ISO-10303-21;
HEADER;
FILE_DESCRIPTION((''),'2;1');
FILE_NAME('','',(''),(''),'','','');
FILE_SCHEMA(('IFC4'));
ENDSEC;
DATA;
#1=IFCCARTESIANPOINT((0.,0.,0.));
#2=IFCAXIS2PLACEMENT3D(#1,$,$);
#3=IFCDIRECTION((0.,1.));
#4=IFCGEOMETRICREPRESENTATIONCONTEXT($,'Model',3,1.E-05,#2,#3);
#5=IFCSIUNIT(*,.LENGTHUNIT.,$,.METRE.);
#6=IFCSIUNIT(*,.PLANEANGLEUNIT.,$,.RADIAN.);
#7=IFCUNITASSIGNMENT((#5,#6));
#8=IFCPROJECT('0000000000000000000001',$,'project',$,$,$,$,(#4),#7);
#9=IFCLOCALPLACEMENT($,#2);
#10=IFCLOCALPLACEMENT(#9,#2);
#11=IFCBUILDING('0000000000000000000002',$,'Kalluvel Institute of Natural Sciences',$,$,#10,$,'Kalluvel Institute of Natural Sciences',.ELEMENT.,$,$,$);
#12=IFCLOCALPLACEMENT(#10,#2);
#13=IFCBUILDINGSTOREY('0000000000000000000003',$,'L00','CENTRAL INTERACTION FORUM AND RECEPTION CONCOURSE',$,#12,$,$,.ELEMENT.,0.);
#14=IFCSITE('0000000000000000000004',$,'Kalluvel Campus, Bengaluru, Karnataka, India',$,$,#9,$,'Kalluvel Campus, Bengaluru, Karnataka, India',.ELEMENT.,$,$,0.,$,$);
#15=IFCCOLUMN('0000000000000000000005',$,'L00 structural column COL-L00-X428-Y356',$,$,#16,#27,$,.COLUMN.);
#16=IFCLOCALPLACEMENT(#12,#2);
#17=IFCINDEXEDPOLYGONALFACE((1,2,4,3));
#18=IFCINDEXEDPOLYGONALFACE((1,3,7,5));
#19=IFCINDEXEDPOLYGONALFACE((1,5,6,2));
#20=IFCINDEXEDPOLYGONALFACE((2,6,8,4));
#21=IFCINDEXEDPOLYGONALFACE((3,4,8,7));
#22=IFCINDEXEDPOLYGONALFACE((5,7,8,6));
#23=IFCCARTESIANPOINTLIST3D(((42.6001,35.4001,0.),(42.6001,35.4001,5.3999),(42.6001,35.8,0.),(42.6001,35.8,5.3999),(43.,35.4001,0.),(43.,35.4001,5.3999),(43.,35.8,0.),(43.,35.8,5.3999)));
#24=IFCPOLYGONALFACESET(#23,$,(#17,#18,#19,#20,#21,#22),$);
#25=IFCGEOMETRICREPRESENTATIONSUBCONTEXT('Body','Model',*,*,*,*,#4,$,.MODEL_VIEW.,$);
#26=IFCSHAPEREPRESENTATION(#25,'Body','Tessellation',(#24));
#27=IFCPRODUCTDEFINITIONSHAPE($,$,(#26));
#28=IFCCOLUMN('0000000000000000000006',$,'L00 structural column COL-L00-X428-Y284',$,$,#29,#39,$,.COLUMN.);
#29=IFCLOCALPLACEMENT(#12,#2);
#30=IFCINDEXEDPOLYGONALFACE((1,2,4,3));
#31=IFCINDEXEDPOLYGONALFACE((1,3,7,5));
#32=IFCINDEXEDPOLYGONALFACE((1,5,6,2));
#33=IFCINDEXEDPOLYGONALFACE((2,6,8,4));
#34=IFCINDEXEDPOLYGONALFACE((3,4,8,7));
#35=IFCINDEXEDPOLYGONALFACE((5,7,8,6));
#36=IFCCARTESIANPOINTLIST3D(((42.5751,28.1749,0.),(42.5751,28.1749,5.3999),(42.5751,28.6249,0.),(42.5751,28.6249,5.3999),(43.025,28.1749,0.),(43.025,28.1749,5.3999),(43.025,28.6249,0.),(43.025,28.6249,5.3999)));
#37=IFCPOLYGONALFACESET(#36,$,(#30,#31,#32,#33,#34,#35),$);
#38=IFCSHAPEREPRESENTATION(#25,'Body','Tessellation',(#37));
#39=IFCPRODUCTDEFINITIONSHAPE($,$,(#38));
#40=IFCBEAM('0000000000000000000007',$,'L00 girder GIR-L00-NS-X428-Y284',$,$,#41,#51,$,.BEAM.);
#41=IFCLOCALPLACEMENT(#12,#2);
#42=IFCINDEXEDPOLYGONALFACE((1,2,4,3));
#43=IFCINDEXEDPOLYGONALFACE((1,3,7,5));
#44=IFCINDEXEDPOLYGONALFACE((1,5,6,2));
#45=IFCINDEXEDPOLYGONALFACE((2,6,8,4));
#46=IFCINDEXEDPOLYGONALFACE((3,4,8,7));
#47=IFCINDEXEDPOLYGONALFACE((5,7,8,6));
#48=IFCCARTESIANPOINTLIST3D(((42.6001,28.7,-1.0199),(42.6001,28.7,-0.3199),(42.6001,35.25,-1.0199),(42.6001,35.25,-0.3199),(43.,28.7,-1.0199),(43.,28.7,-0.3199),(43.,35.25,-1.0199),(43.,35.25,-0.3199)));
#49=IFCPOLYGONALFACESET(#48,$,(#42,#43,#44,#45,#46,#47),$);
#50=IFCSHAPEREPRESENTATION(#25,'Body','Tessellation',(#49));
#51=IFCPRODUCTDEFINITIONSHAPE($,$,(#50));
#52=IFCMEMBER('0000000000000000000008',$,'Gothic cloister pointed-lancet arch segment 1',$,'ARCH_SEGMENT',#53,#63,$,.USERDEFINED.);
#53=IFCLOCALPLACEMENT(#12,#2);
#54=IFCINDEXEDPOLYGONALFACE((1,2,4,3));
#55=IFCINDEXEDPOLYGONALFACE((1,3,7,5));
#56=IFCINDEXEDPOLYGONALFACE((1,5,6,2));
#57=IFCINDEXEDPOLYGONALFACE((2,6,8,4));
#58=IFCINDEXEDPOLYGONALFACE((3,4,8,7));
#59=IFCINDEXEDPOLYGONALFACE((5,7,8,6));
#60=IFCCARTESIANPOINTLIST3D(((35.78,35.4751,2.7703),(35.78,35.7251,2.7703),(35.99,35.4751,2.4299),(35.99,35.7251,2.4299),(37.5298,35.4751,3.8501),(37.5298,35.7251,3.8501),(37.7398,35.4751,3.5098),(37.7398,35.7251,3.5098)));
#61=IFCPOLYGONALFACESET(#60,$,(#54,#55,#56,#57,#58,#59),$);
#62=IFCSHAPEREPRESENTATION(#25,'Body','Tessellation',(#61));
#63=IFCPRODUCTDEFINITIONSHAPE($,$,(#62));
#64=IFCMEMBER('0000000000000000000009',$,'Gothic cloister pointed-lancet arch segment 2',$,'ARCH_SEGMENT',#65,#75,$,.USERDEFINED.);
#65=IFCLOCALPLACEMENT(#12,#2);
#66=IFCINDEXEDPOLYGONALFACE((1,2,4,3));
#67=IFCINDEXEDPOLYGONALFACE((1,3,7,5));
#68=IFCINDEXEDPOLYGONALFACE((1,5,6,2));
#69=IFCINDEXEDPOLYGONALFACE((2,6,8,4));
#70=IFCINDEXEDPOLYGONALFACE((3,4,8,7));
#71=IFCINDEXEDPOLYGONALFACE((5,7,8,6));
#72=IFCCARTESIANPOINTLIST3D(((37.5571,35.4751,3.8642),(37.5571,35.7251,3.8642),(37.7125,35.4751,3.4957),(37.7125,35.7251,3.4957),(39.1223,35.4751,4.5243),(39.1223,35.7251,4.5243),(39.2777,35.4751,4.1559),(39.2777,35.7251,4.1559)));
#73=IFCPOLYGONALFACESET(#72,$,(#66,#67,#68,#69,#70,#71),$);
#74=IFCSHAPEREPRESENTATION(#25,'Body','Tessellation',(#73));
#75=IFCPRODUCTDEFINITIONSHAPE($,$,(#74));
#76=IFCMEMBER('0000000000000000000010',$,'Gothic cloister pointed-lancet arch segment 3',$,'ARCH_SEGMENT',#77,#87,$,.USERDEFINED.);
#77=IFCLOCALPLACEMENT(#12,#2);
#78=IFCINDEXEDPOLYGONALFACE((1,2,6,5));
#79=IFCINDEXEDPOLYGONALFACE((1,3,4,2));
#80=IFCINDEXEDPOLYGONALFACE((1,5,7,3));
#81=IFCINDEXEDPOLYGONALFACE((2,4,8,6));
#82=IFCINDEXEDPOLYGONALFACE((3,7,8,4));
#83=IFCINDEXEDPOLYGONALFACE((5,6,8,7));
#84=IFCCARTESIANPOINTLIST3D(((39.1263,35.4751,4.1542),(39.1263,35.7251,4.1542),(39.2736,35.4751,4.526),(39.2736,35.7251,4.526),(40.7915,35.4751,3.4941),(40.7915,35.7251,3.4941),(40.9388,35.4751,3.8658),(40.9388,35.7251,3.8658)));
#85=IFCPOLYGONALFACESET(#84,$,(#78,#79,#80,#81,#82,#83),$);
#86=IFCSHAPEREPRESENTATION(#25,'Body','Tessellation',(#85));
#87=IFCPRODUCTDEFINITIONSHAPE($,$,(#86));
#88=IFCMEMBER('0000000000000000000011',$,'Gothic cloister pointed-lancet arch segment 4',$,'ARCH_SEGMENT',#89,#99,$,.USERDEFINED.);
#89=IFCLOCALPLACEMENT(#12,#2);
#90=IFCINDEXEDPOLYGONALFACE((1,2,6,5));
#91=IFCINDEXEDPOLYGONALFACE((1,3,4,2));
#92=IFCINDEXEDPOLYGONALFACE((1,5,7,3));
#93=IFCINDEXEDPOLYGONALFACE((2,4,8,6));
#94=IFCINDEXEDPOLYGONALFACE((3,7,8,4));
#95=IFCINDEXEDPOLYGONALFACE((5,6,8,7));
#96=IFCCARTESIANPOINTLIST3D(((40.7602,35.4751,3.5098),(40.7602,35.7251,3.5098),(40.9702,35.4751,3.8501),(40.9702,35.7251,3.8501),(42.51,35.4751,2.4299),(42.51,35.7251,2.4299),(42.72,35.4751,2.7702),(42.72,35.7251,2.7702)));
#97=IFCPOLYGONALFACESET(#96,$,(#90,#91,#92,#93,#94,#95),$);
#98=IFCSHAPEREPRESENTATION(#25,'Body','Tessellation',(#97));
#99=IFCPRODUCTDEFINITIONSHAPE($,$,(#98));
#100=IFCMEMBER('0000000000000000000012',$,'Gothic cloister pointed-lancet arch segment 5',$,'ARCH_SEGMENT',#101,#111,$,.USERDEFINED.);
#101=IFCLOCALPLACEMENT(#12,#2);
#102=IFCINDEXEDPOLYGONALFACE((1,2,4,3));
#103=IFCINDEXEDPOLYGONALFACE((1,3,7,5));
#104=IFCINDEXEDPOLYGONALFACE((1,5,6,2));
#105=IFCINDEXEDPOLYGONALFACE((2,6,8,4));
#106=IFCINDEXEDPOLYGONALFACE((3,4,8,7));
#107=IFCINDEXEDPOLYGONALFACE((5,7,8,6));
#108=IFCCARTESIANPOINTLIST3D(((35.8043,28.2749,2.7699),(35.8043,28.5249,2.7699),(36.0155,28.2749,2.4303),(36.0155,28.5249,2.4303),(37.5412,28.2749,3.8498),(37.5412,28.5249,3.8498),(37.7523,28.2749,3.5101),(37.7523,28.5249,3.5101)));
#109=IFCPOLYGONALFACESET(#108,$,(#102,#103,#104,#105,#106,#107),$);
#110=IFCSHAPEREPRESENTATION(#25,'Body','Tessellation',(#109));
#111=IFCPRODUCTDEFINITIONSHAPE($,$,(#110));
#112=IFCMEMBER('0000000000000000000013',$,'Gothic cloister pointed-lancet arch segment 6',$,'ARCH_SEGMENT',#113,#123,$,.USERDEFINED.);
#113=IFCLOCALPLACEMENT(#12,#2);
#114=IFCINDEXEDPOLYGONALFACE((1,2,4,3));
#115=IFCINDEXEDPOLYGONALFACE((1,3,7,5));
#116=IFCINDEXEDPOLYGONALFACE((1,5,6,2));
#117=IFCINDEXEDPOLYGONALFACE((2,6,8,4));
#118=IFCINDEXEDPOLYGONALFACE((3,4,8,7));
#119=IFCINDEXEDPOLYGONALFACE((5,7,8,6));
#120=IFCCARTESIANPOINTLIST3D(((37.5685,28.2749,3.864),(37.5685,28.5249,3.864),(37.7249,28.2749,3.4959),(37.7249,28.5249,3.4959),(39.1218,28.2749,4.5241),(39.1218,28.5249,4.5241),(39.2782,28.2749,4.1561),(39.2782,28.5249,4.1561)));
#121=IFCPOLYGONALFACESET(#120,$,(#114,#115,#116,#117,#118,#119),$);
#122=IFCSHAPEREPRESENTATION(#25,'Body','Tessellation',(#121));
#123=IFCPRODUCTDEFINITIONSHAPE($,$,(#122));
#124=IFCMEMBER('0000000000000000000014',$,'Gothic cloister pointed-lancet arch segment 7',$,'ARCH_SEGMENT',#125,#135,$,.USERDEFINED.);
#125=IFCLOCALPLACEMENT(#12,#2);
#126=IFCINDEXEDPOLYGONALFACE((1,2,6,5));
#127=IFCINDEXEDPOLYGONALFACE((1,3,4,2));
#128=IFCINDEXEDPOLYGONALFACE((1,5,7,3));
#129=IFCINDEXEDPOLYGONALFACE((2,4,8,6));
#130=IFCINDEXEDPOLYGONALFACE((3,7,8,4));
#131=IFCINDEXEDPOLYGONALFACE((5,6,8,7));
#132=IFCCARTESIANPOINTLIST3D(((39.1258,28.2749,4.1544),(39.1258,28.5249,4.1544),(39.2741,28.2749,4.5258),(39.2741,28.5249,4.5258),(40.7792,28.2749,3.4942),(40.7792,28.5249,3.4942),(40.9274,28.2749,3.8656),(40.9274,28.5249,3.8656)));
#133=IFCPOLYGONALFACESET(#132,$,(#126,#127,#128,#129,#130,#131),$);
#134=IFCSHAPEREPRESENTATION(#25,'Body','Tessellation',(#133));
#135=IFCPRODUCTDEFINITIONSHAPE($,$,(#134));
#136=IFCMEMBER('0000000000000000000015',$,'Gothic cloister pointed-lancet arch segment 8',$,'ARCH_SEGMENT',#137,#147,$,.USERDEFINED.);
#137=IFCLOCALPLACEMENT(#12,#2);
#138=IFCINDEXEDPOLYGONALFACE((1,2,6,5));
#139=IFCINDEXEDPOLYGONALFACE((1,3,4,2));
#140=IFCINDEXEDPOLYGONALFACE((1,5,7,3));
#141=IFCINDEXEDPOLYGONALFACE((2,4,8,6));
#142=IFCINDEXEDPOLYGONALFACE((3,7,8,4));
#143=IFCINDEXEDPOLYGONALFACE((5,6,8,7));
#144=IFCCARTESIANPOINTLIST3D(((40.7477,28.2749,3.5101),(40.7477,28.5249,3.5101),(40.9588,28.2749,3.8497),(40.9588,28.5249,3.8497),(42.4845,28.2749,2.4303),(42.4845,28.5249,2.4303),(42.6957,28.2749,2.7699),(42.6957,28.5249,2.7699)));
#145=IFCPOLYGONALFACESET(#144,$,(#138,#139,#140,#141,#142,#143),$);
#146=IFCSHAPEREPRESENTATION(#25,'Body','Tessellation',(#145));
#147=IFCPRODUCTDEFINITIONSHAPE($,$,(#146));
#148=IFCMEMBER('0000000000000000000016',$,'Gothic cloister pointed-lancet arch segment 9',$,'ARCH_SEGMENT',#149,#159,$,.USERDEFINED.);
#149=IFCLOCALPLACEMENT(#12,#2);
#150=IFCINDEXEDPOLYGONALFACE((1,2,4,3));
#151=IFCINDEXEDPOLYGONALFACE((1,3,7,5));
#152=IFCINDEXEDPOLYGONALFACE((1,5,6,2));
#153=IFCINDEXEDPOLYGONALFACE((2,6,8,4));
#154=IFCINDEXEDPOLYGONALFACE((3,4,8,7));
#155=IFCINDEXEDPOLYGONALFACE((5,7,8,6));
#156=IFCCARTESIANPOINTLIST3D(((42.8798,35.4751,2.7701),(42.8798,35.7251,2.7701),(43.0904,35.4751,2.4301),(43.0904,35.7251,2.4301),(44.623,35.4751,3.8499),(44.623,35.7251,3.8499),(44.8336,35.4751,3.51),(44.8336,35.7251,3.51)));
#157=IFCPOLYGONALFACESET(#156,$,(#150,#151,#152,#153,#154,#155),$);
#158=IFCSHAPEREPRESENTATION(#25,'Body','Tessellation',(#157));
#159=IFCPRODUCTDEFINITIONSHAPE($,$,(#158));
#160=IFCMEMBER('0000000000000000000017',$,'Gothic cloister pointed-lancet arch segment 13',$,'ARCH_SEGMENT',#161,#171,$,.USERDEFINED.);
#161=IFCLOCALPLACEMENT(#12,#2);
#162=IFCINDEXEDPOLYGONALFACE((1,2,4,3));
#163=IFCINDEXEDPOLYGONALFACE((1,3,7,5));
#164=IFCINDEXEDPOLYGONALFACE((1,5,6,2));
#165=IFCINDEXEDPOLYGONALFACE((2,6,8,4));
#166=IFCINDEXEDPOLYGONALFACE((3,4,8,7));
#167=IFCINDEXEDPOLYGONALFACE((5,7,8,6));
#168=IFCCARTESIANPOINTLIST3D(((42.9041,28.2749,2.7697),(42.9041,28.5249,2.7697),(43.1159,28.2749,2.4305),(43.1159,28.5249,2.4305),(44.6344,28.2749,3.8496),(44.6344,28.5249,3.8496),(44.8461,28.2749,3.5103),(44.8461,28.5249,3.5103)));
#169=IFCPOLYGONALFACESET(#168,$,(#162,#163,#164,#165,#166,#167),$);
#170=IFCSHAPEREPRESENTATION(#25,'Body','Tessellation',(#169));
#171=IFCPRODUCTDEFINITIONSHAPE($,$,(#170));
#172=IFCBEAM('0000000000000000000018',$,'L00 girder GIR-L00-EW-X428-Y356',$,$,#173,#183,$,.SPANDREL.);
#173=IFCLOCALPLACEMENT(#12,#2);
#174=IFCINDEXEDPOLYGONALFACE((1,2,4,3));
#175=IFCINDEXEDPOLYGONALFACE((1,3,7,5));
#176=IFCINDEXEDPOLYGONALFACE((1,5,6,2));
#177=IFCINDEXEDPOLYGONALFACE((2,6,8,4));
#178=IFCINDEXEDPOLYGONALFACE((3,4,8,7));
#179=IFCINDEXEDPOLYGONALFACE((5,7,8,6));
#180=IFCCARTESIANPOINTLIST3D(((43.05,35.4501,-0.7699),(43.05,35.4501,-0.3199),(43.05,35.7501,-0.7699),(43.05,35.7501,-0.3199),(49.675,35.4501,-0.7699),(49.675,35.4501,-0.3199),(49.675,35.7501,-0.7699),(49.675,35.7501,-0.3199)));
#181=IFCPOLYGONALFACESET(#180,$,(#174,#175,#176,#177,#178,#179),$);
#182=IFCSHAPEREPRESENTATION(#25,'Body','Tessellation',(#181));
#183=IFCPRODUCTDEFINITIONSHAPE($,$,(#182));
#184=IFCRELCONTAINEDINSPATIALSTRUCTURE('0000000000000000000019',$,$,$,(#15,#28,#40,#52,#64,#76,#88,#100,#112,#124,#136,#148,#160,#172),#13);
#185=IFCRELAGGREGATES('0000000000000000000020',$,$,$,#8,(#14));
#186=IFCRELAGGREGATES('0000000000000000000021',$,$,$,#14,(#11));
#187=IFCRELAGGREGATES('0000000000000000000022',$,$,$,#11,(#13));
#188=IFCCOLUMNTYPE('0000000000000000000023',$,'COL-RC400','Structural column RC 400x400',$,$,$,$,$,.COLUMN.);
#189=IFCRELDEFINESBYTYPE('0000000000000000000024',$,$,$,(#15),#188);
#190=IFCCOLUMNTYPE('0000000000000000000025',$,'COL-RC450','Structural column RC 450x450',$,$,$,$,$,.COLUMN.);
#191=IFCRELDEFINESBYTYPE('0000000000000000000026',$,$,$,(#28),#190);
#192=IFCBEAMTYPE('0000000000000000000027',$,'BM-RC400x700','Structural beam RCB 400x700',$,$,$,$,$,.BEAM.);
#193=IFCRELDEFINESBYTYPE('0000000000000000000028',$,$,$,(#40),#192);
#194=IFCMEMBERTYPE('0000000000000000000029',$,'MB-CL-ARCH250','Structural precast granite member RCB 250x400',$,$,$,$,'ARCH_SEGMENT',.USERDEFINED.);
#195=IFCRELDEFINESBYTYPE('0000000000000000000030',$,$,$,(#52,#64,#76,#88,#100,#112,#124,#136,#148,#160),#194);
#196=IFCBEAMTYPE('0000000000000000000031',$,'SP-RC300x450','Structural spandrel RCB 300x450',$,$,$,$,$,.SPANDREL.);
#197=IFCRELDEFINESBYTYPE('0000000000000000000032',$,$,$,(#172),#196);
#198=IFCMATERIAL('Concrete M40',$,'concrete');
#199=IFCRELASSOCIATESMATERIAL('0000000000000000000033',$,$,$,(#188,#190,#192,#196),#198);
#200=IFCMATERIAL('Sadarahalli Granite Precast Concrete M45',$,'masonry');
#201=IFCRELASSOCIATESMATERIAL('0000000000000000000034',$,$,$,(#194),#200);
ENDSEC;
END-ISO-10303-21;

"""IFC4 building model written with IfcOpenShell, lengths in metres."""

from ifc_helpers import new_model, si_unit, direction, frame, origin, origin_2d, place, context, subcontext, project, spatial, rectangle, extrude, material, material_profile, profile_set, type_object, element, save


model = new_model("IFC4")

# Units and contexts
model_context = context("Model", 3, precision=1e-05, world=origin(), true_north=direction((0.0, 1.0)))
body_context = subcontext(model_context, "Body", "Model", "MODEL_VIEW")
ifc_project = project(units=[si_unit("LENGTHUNIT", "METRE"), si_unit("PLANEANGLEUNIT", "RADIAN")], contexts=[model_context])

# Site, building, storey
site_placement = place(None, origin())
site = spatial("IfcSite", under=ifc_project, at=site_placement, Name="Kalluvel Campus, Bengaluru, Karnataka, India", LongName="Kalluvel Campus, Bengaluru, Karnataka, India", CompositionType="ELEMENT", RefElevation=0.0)
building_placement = place(site_placement, origin())
building = spatial("IfcBuilding", under=site, at=building_placement, Name="Kalluvel Institute of Natural Sciences", LongName="Kalluvel Institute of Natural Sciences", CompositionType="ELEMENT")
storey_placement = place(building_placement, origin())
storey = spatial("IfcBuildingStorey", under=building, at=storey_placement, Name="L00", Description="CENTRAL INTERACTION FORUM AND RECEPTION CONCOURSE", CompositionType="ELEMENT", Elevation=0.0)

# Columns
ifc_material_1 = material(Name="Concrete M40", Category="concrete")
ifc_material_profile_1 = material_profile(ifc_material_1, rectangle(XDim=0.3999, YDim=0.3999, at=origin_2d()), Name="RC 400x400")
ifc_profile_set_1 = profile_set([ifc_material_profile_1], Name="Concrete M40")
column_type_1 = type_object("IfcColumnType", Name="COL-RC400", Description="Structural column RC 400x400", PredefinedType="COLUMN", material=ifc_profile_set_1)
column_1_placement = place(storey_placement, frame((42.8, 35.6001, 0.0), z_axis=(0.0, 0.0, 1.0), x_axis=(1.0, 0.0, 0.0)))
element("IfcColumn", 1, at=column_1_placement, inside=storey, type_object=column_type_1, Name="L00 structural column COL-L00-X428-Y356", PredefinedType="COLUMN", context=body_context, shape_type="SweptSolid", body=[
    extrude(rectangle(XDim=0.3999, YDim=0.3999, at=origin_2d()), origin(), (0.0, 0.0, 1.0), 5.3999),
])
ifc_material_profile_2 = material_profile(ifc_material_1, rectangle(XDim=0.45, YDim=0.45, at=origin_2d()), Name="RC 450x450")
ifc_profile_set_2 = profile_set([ifc_material_profile_2], Name="Concrete M40")
column_type_2 = type_object("IfcColumnType", Name="COL-RC450", Description="Structural column RC 450x450", PredefinedType="COLUMN", material=ifc_profile_set_2)
column_2_placement = place(storey_placement, frame((42.8, 28.3999, 0.0), z_axis=(0.0, 0.0, 1.0), x_axis=(1.0, 0.0, 0.0)))
element("IfcColumn", 2, at=column_2_placement, inside=storey, type_object=column_type_2, Name="L00 structural column COL-L00-X428-Y284", PredefinedType="COLUMN", context=body_context, shape_type="SweptSolid", body=[
    extrude(rectangle(XDim=0.45, YDim=0.45, at=origin_2d()), origin(), (0.0, 0.0, 1.0), 5.3999),
])

# Beam
ifc_material_profile_3 = material_profile(ifc_material_1, rectangle(XDim=0.3999, YDim=0.7, at=origin_2d()), Name="RCB 400x700")
ifc_profile_set_3 = profile_set([ifc_material_profile_3], Name="Concrete M40")
beam_type_1 = type_object("IfcBeamType", Name="BM-RC400x700", Description="Structural beam RCB 400x700", PredefinedType="BEAM", material=ifc_profile_set_3)
beam_1_placement = place(storey_placement, frame((42.8, 28.7, -0.6699), z_axis=(0.0, 1.0, 0.0), x_axis=(-1.0, 0.0, 0.0)))
element("IfcBeam", 3, at=beam_1_placement, inside=storey, type_object=beam_type_1, Name="L00 girder GIR-L00-NS-X428-Y284", PredefinedType="BEAM", context=body_context, shape_type="SweptSolid", body=[
    extrude(rectangle(XDim=0.3999, YDim=0.7, at=origin_2d()), origin(), (0.0, 0.0, 1.0), 6.55),
])

# Members
ifc_material_2 = material(Name="Sadarahalli Granite Precast Concrete M45", Category="masonry")
ifc_material_profile_4 = material_profile(ifc_material_2, rectangle(XDim=0.25, YDim=0.3999, at=origin_2d()), Name="RCB 250x400")
ifc_profile_set_4 = profile_set([ifc_material_profile_4], Name="Sadarahalli Granite Precast Concrete M45")
member_type = type_object("IfcMemberType", Name="MB-CL-ARCH250", Description="Structural precast granite member RCB 250x400", ElementType="ARCH_SEGMENT", PredefinedType="USERDEFINED", material=ifc_profile_set_4)
member_1_placement = place(storey_placement, frame((35.885, 35.6001, 2.6001), z_axis=(0.850993, 0.0, 0.525177), x_axis=(0.0, 1.0, 0.0)))
element("IfcMember", 4, at=member_1_placement, inside=storey, type_object=member_type, Name="Gothic cloister pointed-lancet arch segment 1", ObjectType="ARCH_SEGMENT", PredefinedType="USERDEFINED", context=body_context, shape_type="SweptSolid", body=[
    extrude(rectangle(XDim=0.25, YDim=0.3999, at=origin_2d()), origin(), (0.0, 0.0, 1.0), 2.0562),
])
member_2_placement = place(storey_placement, frame((37.6348, 35.6001, 3.6799), z_axis=(0.921397, 0.0, 0.388622), x_axis=(0.0, 1.0, 0.0)))
element("IfcMember", 5, at=member_2_placement, inside=storey, type_object=member_type, Name="Gothic cloister pointed-lancet arch segment 2", ObjectType="ARCH_SEGMENT", PredefinedType="USERDEFINED", context=body_context, shape_type="SweptSolid", body=[
    extrude(rectangle(XDim=0.25, YDim=0.3999, at=origin_2d()), origin(), (0.0, 0.0, 1.0), 1.6987),
])
member_3_placement = place(storey_placement, frame((39.2, 35.6001, 4.3401), z_axis=(0.929619, 0.0, -0.368522), x_axis=(0.0, 1.0, 0.0)))
element("IfcMember", 6, at=member_3_placement, inside=storey, type_object=member_type, Name="Gothic cloister pointed-lancet arch segment 3", ObjectType="ARCH_SEGMENT", PredefinedType="USERDEFINED", context=body_context, shape_type="SweptSolid", body=[
    extrude(rectangle(XDim=0.25, YDim=0.3999, at=origin_2d()), origin(), (0.0, 0.0, 1.0), 1.7913),
])
member_4_placement = place(storey_placement, frame((40.8652, 35.6001, 3.6799), z_axis=(0.850993, 0.0, -0.525177), x_axis=(0.0, 1.0, 0.0)))
element("IfcMember", 7, at=member_4_placement, inside=storey, type_object=member_type, Name="Gothic cloister pointed-lancet arch segment 4", ObjectType="ARCH_SEGMENT", PredefinedType="USERDEFINED", context=body_context, shape_type="SweptSolid", body=[
    extrude(rectangle(XDim=0.25, YDim=0.3999, at=origin_2d()), origin(), (0.0, 0.0, 1.0), 2.0562),
])
member_5_placement = place(storey_placement, frame((35.9099, 28.3999, 2.6001), z_axis=(0.849243, 0.0, 0.528002), x_axis=(0.0, 1.0, 0.0)))
element("IfcMember", 8, at=member_5_placement, inside=storey, type_object=member_type, Name="Gothic cloister pointed-lancet arch segment 5", ObjectType="ARCH_SEGMENT", PredefinedType="USERDEFINED", context=body_context, shape_type="SweptSolid", body=[
    extrude(rectangle(XDim=0.25, YDim=0.3999, at=origin_2d()), origin(), (0.0, 0.0, 1.0), 2.0452),
])
member_6_placement = place(storey_placement, frame((37.6467, 28.3999, 3.6799), z_axis=(0.920323, 0.0, 0.391159), x_axis=(0.0, 1.0, 0.0)))
element("IfcMember", 9, at=member_6_placement, inside=storey, type_object=member_type, Name="Gothic cloister pointed-lancet arch segment 6", ObjectType="ARCH_SEGMENT", PredefinedType="USERDEFINED", context=body_context, shape_type="SweptSolid", body=[
    extrude(rectangle(XDim=0.25, YDim=0.3999, at=origin_2d()), origin(), (0.0, 0.0, 1.0), 1.6877),
])
member_7_placement = place(storey_placement, frame((39.2, 28.3999, 4.3401), z_axis=(0.928704, 0.0, -0.370823), x_axis=(0.0, 1.0, 0.0)))
element("IfcMember", 10, at=member_7_placement, inside=storey, type_object=member_type, Name="Gothic cloister pointed-lancet arch segment 7", ObjectType="ARCH_SEGMENT", PredefinedType="USERDEFINED", context=body_context, shape_type="SweptSolid", body=[
    extrude(rectangle(XDim=0.25, YDim=0.3999, at=origin_2d()), origin(), (0.0, 0.0, 1.0), 1.7803),
])
member_8_placement = place(storey_placement, frame((40.8533, 28.3999, 3.6799), z_axis=(0.849243, 0.0, -0.528002), x_axis=(0.0, 1.0, 0.0)))
element("IfcMember", 11, at=member_8_placement, inside=storey, type_object=member_type, Name="Gothic cloister pointed-lancet arch segment 8", ObjectType="ARCH_SEGMENT", PredefinedType="USERDEFINED", context=body_context, shape_type="SweptSolid", body=[
    extrude(rectangle(XDim=0.25, YDim=0.3999, at=origin_2d()), origin(), (0.0, 0.0, 1.0), 2.0452),
])
member_9_placement = place(storey_placement, frame((42.9851, 35.6001, 2.6001), z_axis=(0.850105, 0.0, 0.526613), x_axis=(0.0, 1.0, 0.0)))
element("IfcMember", 12, at=member_9_placement, inside=storey, type_object=member_type, Name="Gothic cloister pointed-lancet arch segment 9", ObjectType="ARCH_SEGMENT", PredefinedType="USERDEFINED", context=body_context, shape_type="SweptSolid", body=[
    extrude(rectangle(XDim=0.25, YDim=0.3999, at=origin_2d()), origin(), (0.0, 0.0, 1.0), 2.0505),
])
member_10_placement = place(storey_placement, frame((43.01, 28.3999, 2.6001), z_axis=(0.848341, 0.0, 0.52945), x_axis=(0.0, 1.0, 0.0)))
element("IfcMember", 13, at=member_10_placement, inside=storey, type_object=member_type, Name="Gothic cloister pointed-lancet arch segment 13", ObjectType="ARCH_SEGMENT", PredefinedType="USERDEFINED", context=body_context, shape_type="SweptSolid", body=[
    extrude(rectangle(XDim=0.25, YDim=0.3999, at=origin_2d()), origin(), (0.0, 0.0, 1.0), 2.0396),
])

# Beam
ifc_material_profile_5 = material_profile(ifc_material_1, rectangle(XDim=0.3, YDim=0.45, at=origin_2d()), Name="RCB 300x450")
ifc_profile_set_5 = profile_set([ifc_material_profile_5], Name="Concrete M40")
beam_type_2 = type_object("IfcBeamType", Name="SP-RC300x450", Description="Structural spandrel RCB 300x450", PredefinedType="SPANDREL", material=ifc_profile_set_5)
beam_2_placement = place(storey_placement, frame((43.05, 35.6001, -0.5449), z_axis=(1.0, 0.0, 0.0), x_axis=(0.0, 1.0, 0.0)))
element("IfcBeam", 14, at=beam_2_placement, inside=storey, type_object=beam_type_2, Name="L00 girder GIR-L00-EW-X428-Y356", PredefinedType="SPANDREL", context=body_context, shape_type="SweptSolid", body=[
    extrude(rectangle(XDim=0.3, YDim=0.45, at=origin_2d()), origin(), (0.0, 0.0, 1.0), 6.625),
])

save(model, "model.ifc")
